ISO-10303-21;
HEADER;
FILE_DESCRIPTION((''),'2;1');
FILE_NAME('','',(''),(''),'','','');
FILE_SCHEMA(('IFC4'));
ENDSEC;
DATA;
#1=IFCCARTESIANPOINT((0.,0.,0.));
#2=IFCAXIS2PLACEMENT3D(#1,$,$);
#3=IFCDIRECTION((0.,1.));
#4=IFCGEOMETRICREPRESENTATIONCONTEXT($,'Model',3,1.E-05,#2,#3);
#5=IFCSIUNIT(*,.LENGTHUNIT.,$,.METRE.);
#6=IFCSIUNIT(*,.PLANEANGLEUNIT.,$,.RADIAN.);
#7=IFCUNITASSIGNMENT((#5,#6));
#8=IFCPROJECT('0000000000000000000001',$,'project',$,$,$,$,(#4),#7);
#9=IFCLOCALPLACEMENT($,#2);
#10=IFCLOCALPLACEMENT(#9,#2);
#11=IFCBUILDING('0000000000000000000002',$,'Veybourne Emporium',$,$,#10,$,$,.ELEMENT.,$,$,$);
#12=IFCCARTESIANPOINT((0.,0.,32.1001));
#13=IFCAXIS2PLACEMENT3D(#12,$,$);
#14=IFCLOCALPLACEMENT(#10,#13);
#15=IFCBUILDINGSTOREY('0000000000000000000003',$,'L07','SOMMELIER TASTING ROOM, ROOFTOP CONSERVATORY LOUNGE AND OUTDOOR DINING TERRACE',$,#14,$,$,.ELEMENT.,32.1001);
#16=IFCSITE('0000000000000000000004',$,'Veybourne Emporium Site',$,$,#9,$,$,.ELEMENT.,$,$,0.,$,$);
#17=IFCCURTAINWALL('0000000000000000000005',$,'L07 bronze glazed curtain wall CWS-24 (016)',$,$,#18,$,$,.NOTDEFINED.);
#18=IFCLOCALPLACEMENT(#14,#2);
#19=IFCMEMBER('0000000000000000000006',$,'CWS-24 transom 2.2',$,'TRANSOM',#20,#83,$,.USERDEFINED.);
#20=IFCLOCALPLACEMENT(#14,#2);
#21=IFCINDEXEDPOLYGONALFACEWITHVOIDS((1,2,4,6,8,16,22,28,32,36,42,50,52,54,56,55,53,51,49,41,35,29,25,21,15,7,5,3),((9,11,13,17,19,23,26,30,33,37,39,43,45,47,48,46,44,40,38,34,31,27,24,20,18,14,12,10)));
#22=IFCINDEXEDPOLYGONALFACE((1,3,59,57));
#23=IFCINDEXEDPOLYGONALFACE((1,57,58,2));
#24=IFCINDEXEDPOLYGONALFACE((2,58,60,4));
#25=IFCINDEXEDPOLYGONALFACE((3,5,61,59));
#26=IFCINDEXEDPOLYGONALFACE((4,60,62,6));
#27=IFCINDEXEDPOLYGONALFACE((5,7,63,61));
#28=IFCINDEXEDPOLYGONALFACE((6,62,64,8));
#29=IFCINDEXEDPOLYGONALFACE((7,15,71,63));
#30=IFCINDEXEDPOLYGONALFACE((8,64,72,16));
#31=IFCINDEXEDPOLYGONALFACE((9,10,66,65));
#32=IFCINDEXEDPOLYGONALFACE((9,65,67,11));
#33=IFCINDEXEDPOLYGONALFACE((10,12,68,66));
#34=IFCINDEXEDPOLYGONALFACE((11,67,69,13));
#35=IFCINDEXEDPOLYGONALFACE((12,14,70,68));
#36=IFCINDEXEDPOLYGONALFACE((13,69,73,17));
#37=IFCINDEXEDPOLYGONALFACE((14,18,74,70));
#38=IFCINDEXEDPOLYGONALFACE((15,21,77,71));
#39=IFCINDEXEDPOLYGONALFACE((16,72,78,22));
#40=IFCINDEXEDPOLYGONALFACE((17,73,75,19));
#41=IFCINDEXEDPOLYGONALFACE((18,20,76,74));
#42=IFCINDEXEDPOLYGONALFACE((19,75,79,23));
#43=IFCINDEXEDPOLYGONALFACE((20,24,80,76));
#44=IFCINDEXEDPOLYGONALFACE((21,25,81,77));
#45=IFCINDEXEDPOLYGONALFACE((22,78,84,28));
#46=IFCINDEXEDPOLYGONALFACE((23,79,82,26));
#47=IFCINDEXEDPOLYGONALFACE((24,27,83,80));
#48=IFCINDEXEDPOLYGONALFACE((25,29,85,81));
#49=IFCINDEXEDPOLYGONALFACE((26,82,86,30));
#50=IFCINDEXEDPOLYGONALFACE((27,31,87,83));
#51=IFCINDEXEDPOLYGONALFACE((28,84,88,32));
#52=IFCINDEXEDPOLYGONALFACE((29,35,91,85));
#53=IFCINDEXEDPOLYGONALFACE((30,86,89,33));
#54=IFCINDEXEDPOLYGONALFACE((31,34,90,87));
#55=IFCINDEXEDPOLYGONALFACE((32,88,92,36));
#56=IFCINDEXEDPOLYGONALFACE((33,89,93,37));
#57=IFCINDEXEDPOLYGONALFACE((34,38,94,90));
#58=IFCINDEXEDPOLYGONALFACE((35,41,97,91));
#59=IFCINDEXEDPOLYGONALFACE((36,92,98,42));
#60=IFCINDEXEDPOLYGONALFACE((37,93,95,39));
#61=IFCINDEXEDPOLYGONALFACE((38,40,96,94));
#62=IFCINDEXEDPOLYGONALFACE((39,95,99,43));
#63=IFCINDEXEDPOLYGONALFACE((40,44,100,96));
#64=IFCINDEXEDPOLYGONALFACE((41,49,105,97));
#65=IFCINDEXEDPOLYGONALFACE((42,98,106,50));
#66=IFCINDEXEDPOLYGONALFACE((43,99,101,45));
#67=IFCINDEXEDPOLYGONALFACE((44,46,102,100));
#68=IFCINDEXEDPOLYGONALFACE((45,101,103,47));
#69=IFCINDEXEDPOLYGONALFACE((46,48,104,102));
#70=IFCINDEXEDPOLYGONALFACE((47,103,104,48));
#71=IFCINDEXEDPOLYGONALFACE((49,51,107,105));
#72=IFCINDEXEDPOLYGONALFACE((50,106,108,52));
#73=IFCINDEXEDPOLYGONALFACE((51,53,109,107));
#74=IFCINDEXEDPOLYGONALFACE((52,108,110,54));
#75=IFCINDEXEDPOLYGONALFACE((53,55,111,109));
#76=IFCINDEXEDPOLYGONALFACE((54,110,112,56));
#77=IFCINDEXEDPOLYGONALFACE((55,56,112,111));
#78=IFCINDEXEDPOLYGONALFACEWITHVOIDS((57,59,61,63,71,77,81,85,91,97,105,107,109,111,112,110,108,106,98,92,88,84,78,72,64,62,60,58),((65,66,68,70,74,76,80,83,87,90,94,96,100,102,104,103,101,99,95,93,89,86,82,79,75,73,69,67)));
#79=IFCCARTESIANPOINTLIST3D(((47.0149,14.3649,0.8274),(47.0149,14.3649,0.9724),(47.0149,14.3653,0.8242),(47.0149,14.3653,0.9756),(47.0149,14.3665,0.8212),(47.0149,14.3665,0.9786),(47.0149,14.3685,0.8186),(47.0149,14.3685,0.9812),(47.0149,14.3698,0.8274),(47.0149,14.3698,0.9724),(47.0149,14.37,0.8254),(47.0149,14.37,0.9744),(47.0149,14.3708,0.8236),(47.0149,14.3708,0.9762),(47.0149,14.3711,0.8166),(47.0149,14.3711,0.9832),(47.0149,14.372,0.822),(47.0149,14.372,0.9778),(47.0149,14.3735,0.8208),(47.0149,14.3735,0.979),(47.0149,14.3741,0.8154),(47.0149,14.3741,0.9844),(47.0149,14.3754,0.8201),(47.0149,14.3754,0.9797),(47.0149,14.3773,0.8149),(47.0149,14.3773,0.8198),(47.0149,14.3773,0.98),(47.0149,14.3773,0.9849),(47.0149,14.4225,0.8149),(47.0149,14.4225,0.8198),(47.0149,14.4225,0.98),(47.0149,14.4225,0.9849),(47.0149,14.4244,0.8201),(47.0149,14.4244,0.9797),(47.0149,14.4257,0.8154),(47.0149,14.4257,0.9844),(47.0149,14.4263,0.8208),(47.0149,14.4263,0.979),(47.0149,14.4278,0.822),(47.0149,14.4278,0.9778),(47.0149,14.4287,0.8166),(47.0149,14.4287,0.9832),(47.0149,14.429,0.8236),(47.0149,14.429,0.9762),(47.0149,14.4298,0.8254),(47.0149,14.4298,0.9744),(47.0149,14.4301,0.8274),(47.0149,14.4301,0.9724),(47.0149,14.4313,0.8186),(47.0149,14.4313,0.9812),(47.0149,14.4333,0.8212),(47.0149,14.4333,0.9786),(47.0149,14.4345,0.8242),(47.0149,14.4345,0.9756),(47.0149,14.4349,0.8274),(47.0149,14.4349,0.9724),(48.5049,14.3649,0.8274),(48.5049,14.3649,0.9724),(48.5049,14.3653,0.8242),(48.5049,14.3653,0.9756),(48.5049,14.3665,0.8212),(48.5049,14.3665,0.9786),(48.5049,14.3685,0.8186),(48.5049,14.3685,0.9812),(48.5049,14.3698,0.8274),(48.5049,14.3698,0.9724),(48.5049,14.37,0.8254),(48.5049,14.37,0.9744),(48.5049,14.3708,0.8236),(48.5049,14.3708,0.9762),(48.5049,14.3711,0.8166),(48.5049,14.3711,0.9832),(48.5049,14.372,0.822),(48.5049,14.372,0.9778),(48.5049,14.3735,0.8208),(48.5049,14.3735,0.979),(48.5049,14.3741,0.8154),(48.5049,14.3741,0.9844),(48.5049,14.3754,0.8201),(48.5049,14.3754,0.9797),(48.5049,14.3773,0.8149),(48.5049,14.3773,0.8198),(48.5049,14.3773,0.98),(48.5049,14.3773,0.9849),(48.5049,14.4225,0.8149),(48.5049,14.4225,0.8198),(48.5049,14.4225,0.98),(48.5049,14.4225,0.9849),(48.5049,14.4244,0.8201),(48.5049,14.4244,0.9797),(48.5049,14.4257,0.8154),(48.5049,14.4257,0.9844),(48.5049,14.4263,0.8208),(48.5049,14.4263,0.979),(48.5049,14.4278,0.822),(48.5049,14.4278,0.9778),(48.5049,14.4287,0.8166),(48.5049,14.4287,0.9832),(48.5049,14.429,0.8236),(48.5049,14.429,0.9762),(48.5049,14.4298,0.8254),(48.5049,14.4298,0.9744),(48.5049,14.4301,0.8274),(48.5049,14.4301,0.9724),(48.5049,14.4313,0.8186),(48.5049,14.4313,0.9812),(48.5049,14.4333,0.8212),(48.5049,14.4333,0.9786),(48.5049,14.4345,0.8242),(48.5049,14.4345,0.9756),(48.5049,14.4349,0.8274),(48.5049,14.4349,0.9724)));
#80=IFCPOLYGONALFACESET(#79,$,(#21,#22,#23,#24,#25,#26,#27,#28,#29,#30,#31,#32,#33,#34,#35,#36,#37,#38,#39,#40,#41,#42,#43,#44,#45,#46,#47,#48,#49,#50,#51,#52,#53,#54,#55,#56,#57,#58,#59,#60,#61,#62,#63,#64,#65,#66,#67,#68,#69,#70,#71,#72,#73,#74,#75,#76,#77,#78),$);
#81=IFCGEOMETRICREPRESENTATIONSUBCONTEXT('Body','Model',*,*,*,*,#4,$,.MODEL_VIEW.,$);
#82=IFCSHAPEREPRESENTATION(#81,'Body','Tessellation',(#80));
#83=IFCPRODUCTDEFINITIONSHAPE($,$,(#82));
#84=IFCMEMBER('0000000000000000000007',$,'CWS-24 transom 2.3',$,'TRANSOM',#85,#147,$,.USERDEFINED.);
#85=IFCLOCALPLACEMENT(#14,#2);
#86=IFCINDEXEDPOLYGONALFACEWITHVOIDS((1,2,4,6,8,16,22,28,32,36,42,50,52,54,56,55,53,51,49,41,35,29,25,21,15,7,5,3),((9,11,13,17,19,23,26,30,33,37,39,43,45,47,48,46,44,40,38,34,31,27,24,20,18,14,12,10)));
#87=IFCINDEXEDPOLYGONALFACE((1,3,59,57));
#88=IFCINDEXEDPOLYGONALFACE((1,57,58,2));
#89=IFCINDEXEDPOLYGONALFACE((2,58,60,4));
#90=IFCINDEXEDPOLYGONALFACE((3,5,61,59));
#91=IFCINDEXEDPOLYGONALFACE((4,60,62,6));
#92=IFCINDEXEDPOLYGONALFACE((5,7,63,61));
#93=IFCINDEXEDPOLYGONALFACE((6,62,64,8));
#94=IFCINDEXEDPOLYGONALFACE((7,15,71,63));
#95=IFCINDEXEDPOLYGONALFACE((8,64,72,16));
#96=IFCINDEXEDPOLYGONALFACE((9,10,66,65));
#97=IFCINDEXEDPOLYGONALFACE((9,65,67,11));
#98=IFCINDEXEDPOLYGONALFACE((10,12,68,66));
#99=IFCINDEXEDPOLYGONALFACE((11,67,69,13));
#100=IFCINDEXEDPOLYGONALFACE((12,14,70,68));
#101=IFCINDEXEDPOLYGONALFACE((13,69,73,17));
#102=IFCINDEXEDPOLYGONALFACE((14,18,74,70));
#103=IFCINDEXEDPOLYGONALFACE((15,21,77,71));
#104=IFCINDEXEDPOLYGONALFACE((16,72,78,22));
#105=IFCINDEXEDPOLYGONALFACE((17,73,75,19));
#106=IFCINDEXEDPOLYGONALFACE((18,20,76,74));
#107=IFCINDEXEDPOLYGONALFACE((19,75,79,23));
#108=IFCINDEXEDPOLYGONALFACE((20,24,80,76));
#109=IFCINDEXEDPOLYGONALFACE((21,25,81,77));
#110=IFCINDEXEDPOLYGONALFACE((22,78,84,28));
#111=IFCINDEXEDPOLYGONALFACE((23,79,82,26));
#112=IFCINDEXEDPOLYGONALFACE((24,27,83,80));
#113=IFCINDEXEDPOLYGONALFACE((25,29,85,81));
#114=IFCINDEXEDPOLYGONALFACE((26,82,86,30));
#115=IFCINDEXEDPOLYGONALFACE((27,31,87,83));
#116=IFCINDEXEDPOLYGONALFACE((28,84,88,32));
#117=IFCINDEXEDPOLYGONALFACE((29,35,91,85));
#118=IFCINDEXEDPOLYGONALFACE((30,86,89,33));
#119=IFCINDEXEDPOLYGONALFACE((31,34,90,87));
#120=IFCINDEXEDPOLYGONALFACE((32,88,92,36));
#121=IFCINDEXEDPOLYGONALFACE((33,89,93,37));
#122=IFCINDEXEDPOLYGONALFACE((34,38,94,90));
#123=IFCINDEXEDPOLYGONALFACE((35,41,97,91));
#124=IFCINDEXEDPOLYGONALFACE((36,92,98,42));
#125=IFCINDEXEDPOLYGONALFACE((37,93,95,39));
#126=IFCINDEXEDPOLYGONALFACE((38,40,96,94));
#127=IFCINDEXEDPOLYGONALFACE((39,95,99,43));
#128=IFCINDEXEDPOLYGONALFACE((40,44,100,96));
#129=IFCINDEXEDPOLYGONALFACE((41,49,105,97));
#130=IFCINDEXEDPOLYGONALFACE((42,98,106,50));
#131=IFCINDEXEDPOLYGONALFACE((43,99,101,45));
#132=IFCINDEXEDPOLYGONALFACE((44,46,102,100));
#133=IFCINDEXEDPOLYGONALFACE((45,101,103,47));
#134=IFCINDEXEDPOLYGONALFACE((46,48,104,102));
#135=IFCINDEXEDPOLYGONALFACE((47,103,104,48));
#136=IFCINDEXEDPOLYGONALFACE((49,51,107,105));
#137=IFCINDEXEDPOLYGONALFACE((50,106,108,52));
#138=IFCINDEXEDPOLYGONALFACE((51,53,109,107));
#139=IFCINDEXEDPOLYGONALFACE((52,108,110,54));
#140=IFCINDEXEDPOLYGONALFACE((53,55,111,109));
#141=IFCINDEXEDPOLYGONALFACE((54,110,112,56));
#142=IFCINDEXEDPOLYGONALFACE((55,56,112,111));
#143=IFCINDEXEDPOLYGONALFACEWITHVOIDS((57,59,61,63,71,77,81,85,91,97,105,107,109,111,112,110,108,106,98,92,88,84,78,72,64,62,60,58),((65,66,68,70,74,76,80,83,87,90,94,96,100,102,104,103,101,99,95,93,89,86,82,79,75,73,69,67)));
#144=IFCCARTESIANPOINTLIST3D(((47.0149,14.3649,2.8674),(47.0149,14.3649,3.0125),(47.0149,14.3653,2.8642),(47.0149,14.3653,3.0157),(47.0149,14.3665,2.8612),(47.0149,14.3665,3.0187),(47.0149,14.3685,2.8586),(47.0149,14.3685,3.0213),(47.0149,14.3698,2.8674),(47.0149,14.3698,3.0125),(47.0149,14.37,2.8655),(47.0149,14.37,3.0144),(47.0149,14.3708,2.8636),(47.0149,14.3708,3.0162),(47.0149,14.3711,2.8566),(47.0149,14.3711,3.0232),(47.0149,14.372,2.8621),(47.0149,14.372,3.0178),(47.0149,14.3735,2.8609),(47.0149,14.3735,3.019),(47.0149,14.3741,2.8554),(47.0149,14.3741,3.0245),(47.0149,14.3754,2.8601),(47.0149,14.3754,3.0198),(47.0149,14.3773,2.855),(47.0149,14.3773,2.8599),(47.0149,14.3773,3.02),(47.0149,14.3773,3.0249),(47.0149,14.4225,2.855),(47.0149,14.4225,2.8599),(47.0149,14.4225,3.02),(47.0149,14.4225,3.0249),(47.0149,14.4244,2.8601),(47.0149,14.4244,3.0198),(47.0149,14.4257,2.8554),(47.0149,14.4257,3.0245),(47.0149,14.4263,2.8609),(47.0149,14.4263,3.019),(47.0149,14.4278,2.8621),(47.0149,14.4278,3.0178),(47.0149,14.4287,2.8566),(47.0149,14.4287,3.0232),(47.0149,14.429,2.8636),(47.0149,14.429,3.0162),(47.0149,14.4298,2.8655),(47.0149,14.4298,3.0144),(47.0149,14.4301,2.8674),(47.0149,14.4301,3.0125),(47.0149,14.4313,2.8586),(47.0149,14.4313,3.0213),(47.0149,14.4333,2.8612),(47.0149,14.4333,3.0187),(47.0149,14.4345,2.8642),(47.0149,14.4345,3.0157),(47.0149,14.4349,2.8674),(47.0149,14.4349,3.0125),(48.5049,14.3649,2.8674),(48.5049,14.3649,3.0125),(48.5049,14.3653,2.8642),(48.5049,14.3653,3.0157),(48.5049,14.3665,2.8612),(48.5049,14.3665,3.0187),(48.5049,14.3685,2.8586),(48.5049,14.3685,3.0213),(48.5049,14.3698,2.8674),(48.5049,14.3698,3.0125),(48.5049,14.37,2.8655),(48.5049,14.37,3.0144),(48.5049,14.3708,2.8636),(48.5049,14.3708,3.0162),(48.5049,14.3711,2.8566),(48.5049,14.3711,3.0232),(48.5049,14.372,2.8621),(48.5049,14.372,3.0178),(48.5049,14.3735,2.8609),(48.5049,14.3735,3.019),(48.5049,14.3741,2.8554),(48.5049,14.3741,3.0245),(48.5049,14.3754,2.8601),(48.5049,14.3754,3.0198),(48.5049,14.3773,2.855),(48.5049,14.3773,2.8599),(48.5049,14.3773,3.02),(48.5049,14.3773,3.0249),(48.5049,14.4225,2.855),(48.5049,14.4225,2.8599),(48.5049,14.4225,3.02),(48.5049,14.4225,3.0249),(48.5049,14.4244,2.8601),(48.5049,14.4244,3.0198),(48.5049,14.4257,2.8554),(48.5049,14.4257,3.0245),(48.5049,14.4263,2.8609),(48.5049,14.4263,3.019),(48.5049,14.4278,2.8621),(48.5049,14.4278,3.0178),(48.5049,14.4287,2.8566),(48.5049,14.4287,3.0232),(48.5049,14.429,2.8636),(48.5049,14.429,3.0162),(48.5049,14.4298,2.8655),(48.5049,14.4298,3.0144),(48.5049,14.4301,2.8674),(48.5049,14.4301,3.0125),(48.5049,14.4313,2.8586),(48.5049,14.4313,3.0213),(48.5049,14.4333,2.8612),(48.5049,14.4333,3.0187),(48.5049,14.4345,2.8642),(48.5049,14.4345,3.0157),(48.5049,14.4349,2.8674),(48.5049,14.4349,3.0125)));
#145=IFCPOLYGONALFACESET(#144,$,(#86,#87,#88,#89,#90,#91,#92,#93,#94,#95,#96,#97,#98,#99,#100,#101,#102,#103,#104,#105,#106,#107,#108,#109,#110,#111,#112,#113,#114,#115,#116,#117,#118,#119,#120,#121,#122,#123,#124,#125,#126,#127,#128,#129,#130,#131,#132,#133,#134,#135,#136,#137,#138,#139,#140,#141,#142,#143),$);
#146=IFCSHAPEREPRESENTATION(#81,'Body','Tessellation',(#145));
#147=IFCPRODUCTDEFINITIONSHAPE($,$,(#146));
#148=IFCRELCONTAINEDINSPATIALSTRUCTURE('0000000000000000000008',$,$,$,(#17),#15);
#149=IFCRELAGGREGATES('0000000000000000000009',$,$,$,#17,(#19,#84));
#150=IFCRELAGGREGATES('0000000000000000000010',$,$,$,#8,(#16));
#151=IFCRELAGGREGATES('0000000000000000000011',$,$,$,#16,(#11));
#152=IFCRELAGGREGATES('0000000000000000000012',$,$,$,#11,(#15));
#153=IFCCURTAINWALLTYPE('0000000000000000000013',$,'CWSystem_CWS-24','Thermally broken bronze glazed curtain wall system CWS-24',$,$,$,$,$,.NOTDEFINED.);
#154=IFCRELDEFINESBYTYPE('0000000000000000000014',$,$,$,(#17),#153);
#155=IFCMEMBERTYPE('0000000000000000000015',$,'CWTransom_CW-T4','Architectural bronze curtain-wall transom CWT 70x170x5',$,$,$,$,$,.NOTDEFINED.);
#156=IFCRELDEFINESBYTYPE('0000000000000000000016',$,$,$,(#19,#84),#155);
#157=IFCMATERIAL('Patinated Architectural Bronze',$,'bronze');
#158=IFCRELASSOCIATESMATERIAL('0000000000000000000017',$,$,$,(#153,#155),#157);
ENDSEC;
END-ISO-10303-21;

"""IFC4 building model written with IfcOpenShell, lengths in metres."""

from ifc_helpers import new_model, si_unit, direction, frame, origin, origin_2d, place, context, subcontext, project, spatial, hollow_rectangle, extrude, material, material_profile, profile_set, type_object, element, aggregate, save


model = new_model("IFC4")

# Units and contexts
model_context = context("Model", 3, precision=1e-05, world=origin(), true_north=direction((0.0, 1.0)))
body_context = subcontext(model_context, "Body", "Model", "MODEL_VIEW")
ifc_project = project(units=[si_unit("LENGTHUNIT", "METRE"), si_unit("PLANEANGLEUNIT", "RADIAN")], contexts=[model_context])

# Site, building, storey
site_placement = place(None, origin())
site = spatial("IfcSite", under=ifc_project, at=site_placement, Name="Veybourne Emporium Site", CompositionType="ELEMENT", RefElevation=0.0)
building_placement = place(site_placement, origin())
building = spatial("IfcBuilding", under=site, at=building_placement, Name="Veybourne Emporium", CompositionType="ELEMENT")
storey_placement = place(building_placement, frame((0.0, 0.0, 32.1001)))
storey = spatial("IfcBuildingStorey", under=building, at=storey_placement, Name="L07", Description="SOMMELIER TASTING ROOM, ROOFTOP CONSERVATORY LOUNGE AND OUTDOOR DINING TERRACE", CompositionType="ELEMENT", Elevation=32.1001)

# Curtain wall, members
ifc_material_1 = material(Name="Patinated Architectural Bronze", Category="bronze")
curtain_wall_type = type_object("IfcCurtainWallType", Name="CWSystem_CWS-24", Description="Thermally broken bronze glazed curtain wall system CWS-24", PredefinedType="NOTDEFINED", material=ifc_material_1)
curtain_wall_placement = place(storey_placement, origin())
curtain_wall = element("IfcCurtainWall", 1, at=curtain_wall_placement, inside=storey, type_object=curtain_wall_type, Name="L07 bronze glazed curtain wall CWS-24 (016)", PredefinedType="NOTDEFINED")
ifc_material_profile_1 = material_profile(ifc_material_1, hollow_rectangle(XDim=0.0701, YDim=0.1699, WallThickness=0.0049, InnerFilletRadius=0.0076, OuterFilletRadius=0.0125, at=origin_2d()), Name="CWT 70x170x5")
ifc_profile_set_1 = profile_set([ifc_material_profile_1], Name="Patinated Architectural Bronze")
member_type_1 = type_object("IfcMemberType", Name="CWTransom_CW-T4", Description="Architectural bronze curtain-wall transom CWT 70x170x5", PredefinedType="NOTDEFINED", material=ifc_profile_set_1)
member_1_placement = place(storey_placement, frame((48.5049, 14.3999, 0.8999), z_axis=(-1.0, 0.0, 0.0), x_axis=(0.0, -1.0, 0.0)))
member_1 = element("IfcMember", 2, at=member_1_placement, type_object=member_type_1, Name="CWS-24 transom 2.2", ObjectType="TRANSOM", PredefinedType="USERDEFINED", context=body_context, shape_type="SweptSolid", body=[
    extrude(hollow_rectangle(XDim=0.0701, YDim=0.1699, WallThickness=0.0049, InnerFilletRadius=0.0076, OuterFilletRadius=0.0125, at=origin_2d()), origin(), (0.0, 0.0, 1.0), 1.49),
])
member_2_placement = place(storey_placement, frame((48.5049, 14.3999, 2.9399), z_axis=(-1.0, 0.0, 0.0), x_axis=(0.0, -1.0, 0.0)))
member_2 = element("IfcMember", 3, at=member_2_placement, type_object=member_type_1, Name="CWS-24 transom 2.3", ObjectType="TRANSOM", PredefinedType="USERDEFINED", context=body_context, shape_type="SweptSolid", body=[
    extrude(hollow_rectangle(XDim=0.0701, YDim=0.1699, WallThickness=0.0049, InnerFilletRadius=0.0076, OuterFilletRadius=0.0125, at=origin_2d()), origin(), (0.0, 0.0, 1.0), 1.49),
])
aggregate(curtain_wall, [member_1, member_2])

save(model, "model.ifc")
